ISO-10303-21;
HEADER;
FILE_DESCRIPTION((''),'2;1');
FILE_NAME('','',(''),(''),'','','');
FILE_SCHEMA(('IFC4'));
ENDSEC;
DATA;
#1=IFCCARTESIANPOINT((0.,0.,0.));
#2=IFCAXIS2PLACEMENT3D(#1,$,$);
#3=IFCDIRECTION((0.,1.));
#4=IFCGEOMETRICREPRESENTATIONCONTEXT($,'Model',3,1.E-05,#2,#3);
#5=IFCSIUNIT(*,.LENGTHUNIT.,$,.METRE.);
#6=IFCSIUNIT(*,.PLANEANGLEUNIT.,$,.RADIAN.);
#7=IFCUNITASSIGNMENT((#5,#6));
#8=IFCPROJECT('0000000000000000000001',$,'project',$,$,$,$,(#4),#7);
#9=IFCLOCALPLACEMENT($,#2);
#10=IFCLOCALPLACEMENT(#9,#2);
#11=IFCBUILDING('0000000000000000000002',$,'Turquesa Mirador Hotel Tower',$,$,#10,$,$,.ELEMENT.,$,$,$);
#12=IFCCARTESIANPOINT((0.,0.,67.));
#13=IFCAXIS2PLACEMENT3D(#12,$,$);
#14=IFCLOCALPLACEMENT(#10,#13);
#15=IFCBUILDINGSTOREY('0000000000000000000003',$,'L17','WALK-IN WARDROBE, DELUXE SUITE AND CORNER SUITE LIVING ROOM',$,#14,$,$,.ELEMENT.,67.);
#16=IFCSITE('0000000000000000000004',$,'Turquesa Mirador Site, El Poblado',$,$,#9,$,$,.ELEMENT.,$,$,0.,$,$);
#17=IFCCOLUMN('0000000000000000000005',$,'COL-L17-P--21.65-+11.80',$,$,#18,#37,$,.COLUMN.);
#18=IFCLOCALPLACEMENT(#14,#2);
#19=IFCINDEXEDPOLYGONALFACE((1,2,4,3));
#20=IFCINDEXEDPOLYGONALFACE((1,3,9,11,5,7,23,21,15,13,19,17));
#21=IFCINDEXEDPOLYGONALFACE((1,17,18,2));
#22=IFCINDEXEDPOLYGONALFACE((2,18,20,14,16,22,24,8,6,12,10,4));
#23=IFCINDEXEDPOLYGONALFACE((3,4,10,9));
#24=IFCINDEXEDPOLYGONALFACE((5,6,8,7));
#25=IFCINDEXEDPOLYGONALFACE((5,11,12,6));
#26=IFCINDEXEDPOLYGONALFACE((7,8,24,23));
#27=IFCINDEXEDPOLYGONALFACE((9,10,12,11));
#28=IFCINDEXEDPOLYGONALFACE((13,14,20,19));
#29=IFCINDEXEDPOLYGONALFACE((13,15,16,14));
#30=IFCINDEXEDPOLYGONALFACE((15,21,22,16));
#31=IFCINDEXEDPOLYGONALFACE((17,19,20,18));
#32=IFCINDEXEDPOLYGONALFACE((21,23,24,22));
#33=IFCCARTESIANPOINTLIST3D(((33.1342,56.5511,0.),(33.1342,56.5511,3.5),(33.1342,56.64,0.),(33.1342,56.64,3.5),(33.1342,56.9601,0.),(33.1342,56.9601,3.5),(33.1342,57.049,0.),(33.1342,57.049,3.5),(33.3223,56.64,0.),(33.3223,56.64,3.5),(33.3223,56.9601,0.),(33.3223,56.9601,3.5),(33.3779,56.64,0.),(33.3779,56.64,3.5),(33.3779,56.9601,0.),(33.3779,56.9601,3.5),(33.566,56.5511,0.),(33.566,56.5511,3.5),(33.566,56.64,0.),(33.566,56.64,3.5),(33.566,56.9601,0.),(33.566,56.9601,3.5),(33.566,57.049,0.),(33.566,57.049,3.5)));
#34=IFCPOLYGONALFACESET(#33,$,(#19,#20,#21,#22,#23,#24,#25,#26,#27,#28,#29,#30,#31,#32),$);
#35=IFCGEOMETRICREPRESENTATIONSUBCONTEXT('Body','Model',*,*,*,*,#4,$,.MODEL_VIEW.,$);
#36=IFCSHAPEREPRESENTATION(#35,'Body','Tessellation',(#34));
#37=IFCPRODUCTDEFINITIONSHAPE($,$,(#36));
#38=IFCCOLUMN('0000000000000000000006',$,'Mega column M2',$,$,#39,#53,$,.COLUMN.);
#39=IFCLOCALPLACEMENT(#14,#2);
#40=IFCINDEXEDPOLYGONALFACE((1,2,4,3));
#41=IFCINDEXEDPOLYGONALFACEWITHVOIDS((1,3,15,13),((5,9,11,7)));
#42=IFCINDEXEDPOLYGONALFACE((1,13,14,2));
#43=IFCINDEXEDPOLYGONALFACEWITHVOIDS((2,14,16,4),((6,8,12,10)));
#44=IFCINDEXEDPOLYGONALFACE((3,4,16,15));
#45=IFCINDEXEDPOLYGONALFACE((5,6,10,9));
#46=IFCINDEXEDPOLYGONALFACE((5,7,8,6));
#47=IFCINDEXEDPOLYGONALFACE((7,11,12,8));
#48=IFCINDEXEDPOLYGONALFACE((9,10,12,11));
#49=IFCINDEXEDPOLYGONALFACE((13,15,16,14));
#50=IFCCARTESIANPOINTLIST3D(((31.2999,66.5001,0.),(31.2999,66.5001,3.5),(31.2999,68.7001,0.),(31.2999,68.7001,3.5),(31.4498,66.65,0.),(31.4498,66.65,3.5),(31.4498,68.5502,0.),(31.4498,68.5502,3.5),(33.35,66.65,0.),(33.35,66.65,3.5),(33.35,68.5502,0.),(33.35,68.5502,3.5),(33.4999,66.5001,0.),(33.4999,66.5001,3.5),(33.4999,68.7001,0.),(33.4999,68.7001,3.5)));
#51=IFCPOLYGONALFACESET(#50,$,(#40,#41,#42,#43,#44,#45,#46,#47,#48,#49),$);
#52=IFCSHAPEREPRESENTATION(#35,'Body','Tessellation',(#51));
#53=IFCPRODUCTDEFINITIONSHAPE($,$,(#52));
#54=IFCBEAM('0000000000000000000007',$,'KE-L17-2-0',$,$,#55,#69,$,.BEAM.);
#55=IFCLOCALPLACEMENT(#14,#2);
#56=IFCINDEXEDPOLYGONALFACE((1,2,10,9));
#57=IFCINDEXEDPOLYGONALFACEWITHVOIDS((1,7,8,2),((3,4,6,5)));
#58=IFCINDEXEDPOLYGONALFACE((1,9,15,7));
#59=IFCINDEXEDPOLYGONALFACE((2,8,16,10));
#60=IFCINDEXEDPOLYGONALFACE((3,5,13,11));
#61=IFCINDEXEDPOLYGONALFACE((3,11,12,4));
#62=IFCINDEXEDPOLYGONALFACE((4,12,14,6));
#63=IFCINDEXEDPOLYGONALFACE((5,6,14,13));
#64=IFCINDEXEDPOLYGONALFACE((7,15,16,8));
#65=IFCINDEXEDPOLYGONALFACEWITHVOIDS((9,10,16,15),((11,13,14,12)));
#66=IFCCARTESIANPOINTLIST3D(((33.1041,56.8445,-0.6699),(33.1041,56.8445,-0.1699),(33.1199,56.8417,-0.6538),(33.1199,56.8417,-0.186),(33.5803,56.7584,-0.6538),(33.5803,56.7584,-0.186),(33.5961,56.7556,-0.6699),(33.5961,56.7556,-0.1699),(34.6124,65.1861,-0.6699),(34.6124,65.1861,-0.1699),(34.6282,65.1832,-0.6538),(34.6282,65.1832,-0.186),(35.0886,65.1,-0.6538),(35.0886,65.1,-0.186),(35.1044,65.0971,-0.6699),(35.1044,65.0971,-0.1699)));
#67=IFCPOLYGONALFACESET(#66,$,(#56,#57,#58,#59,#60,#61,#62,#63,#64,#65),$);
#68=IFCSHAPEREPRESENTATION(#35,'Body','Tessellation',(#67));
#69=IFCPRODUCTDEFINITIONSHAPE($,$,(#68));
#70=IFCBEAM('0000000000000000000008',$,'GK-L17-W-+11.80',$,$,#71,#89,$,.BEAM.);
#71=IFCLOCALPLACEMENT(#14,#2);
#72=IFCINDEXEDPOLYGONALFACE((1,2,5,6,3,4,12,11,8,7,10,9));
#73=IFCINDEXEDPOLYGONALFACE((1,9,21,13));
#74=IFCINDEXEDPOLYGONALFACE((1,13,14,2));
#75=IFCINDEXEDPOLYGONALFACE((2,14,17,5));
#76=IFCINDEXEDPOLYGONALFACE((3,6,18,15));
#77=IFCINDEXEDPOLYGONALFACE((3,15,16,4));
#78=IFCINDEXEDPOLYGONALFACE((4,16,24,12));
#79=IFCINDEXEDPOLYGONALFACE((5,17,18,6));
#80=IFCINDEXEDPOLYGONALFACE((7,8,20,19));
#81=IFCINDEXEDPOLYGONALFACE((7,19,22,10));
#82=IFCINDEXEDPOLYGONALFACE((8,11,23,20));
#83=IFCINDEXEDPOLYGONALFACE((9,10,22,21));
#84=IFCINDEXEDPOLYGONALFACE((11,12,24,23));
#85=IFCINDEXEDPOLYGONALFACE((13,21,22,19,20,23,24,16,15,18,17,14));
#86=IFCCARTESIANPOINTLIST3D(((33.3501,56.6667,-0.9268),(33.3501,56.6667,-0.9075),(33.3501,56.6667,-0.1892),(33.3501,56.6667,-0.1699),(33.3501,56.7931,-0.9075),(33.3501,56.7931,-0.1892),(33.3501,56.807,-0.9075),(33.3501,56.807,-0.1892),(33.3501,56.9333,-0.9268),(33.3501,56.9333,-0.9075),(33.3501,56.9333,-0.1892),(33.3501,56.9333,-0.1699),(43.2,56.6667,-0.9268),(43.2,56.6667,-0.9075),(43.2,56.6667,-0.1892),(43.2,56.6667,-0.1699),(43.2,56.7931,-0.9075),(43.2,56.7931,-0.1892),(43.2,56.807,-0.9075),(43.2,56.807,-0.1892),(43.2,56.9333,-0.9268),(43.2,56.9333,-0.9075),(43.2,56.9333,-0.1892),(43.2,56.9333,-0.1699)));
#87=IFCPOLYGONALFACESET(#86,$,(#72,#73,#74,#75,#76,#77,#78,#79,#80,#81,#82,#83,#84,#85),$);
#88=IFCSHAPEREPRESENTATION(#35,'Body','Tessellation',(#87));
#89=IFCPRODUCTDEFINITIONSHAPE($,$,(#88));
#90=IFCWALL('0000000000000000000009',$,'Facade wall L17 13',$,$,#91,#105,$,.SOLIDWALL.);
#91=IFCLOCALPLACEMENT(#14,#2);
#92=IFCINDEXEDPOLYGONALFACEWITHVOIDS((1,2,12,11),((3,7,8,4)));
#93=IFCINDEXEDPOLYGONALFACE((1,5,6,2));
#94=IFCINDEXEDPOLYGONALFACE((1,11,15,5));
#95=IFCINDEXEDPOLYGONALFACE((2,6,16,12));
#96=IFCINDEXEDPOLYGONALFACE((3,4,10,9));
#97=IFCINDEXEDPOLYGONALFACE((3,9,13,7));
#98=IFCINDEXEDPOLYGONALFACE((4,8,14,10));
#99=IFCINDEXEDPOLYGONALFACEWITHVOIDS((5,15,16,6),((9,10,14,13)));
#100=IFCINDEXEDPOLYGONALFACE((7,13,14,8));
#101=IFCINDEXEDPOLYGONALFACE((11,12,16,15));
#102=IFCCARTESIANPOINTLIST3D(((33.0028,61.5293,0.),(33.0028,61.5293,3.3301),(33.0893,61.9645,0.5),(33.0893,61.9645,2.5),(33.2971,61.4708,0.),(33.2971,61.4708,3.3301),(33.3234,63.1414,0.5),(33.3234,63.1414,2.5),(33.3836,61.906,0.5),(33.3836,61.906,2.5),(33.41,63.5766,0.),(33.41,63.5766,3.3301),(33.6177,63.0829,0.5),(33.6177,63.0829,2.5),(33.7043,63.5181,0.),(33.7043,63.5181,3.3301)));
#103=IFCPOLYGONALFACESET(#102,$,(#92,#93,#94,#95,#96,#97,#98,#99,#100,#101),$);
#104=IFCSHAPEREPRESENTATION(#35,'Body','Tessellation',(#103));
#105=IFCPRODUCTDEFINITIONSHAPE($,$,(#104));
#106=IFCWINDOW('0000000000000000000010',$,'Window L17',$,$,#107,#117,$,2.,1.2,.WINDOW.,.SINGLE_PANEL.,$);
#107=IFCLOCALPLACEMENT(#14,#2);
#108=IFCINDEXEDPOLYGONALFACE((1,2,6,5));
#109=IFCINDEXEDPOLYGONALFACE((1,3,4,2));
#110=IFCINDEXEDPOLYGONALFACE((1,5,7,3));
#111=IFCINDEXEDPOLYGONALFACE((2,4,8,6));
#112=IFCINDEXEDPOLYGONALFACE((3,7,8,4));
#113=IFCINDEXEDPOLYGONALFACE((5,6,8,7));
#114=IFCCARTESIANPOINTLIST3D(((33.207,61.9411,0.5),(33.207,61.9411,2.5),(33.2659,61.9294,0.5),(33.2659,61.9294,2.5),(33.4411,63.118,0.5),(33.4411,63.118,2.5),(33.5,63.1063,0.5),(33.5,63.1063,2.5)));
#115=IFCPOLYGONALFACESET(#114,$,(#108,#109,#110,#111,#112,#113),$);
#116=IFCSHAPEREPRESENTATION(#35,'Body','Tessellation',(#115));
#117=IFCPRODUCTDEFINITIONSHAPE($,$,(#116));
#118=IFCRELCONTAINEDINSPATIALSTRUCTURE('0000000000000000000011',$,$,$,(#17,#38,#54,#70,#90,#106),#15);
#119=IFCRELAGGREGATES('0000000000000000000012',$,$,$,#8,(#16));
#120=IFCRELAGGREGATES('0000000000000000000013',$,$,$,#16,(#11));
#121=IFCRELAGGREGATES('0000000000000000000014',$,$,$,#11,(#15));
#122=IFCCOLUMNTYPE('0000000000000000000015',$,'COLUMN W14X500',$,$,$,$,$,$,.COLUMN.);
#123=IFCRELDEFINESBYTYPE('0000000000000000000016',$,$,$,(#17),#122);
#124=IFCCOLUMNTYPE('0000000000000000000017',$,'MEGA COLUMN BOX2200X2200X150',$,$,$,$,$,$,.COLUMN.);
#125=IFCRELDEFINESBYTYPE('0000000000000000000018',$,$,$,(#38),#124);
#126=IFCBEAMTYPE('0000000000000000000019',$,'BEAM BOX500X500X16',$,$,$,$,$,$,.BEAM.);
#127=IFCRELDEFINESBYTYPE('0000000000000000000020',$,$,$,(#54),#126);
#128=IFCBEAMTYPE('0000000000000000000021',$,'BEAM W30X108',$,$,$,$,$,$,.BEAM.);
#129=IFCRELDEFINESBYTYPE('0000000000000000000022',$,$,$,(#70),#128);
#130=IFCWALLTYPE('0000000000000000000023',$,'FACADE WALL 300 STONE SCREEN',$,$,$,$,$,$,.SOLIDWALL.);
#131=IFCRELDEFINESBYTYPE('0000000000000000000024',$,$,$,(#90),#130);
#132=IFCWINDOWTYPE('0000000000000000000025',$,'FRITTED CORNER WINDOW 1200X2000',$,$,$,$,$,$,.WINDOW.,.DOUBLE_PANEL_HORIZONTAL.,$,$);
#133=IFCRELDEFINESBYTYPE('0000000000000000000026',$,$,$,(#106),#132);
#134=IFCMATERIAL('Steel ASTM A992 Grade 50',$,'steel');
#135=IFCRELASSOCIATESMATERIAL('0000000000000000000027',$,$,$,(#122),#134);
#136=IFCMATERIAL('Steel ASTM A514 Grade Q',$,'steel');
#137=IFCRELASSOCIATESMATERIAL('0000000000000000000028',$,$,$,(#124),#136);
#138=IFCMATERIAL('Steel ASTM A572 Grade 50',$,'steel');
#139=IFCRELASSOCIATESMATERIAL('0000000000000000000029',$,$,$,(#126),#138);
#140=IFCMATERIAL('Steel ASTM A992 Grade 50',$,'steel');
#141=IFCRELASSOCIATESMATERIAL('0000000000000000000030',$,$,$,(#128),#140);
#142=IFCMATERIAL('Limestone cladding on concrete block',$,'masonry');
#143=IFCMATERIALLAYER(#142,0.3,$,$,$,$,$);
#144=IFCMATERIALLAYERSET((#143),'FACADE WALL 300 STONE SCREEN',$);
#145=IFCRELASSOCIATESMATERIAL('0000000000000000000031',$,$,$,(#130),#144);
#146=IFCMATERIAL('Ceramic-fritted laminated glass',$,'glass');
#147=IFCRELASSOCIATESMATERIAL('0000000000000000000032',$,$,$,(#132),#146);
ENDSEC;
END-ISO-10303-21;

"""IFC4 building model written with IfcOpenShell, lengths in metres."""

from ifc_helpers import new_model, si_unit, direction, frame, frame_2d, origin, origin_2d, place, context, subcontext, project, spatial, rectangle, hollow_rectangle, i_section, extrude, material, layer, layer_set, material_profile, profile_set, type_object, element, fill, save


model = new_model("IFC4")

# Units and contexts
model_context = context("Model", 3, precision=1e-05, world=origin(), true_north=direction((0.0, 1.0)))
body_context = subcontext(model_context, "Body", "Model", "MODEL_VIEW")
ifc_project = project(units=[si_unit("LENGTHUNIT", "METRE"), si_unit("PLANEANGLEUNIT", "RADIAN")], contexts=[model_context])

# Site, building, storey
site_placement = place(None, origin())
site = spatial("IfcSite", under=ifc_project, at=site_placement, Name="Turquesa Mirador Site, El Poblado", CompositionType="ELEMENT", RefElevation=0.0)
building_placement = place(site_placement, origin())
building = spatial("IfcBuilding", under=site, at=building_placement, Name="Turquesa Mirador Hotel Tower", CompositionType="ELEMENT")
storey_placement = place(building_placement, frame((0.0, 0.0, 67.0)))
storey = spatial("IfcBuildingStorey", under=building, at=storey_placement, Name="L17", Description="WALK-IN WARDROBE, DELUXE SUITE AND CORNER SUITE LIVING ROOM", CompositionType="ELEMENT", Elevation=67.0)

# Columns
ifc_material_1 = material(Name="Steel ASTM A992 Grade 50", Category="steel")
ifc_material_profile_1 = material_profile(ifc_material_1, i_section(OverallWidth=0.4319, OverallDepth=0.4978, WebThickness=0.0557, FlangeThickness=0.0889, at=origin_2d()), Name="W14X500")
ifc_profile_set_1 = profile_set([ifc_material_profile_1], Name="Steel ASTM A992 Grade 50")
column_type_1 = type_object("IfcColumnType", Name="COLUMN W14X500", PredefinedType="COLUMN", material=ifc_profile_set_1)
column_1_placement = place(storey_placement, frame((33.3501, 56.8, 0.0), z_axis=(0.0, 0.0, 1.0), x_axis=(1.0, 0.0, 0.0)))
element("IfcColumn", 1, at=column_1_placement, inside=storey, type_object=column_type_1, Name="COL-L17-P--21.65-+11.80", PredefinedType="COLUMN", context=body_context, shape_type="SweptSolid", body=[
    extrude(i_section(OverallWidth=0.4319, OverallDepth=0.4978, WebThickness=0.0557, FlangeThickness=0.0889, at=origin_2d()), origin(), (0.0, 0.0, 1.0), 3.5),
])
ifc_material_2 = material(Name="Steel ASTM A514 Grade Q", Category="steel")
ifc_material_profile_2 = material_profile(ifc_material_2, hollow_rectangle(XDim=2.2, YDim=2.2, WallThickness=0.1499, at=origin_2d()), Name="BOX2200X2200X150")
ifc_profile_set_2 = profile_set([ifc_material_profile_2], Name="Steel ASTM A514 Grade Q")
column_type_2 = type_object("IfcColumnType", Name="MEGA COLUMN BOX2200X2200X150", PredefinedType="COLUMN", material=ifc_profile_set_2)
column_2_placement = place(storey_placement, frame((32.3999, 67.6001, 0.0), z_axis=(0.0, 0.0, 1.0), x_axis=(1.0, 0.0, 0.0)))
element("IfcColumn", 2, at=column_2_placement, inside=storey, type_object=column_type_2, Name="Mega column M2", PredefinedType="COLUMN", context=body_context, shape_type="SweptSolid", body=[
    extrude(hollow_rectangle(XDim=2.2, YDim=2.2, WallThickness=0.1499, at=origin_2d()), origin(), (0.0, 0.0, 1.0), 3.5),
])

# Beams
ifc_material_3 = material(Name="Steel ASTM A572 Grade 50", Category="steel")
ifc_material_profile_3 = material_profile(ifc_material_3, hollow_rectangle(XDim=0.5, YDim=0.5, WallThickness=0.0161, at=origin_2d()), Name="BOX500X500X16")
ifc_profile_set_3 = profile_set([ifc_material_profile_3], Name="Steel ASTM A572 Grade 50")
beam_type_1 = type_object("IfcBeamType", Name="BEAM BOX500X500X16", PredefinedType="BEAM", material=ifc_profile_set_3)
beam_1_placement = place(storey_placement, frame((33.3501, 56.8, -0.4199), z_axis=(0.177932, 0.984043, 0.0), x_axis=(-0.984043, 0.177932, 0.0)))
element("IfcBeam", 3, at=beam_1_placement, inside=storey, type_object=beam_type_1, Name="KE-L17-2-0", PredefinedType="BEAM", context=body_context, shape_type="SweptSolid", body=[
    extrude(hollow_rectangle(XDim=0.5, YDim=0.5, WallThickness=0.0161, at=origin_2d()), origin(), (0.0, 0.0, 1.0), 8.4768),
])
ifc_material_4 = material(Name="Steel ASTM A992 Grade 50", Category="steel")
ifc_material_profile_4 = material_profile(ifc_material_4, i_section(OverallWidth=0.2666, OverallDepth=0.7568, WebThickness=0.0139, FlangeThickness=0.0193, at=origin_2d()), Name="W30X108")
ifc_profile_set_4 = profile_set([ifc_material_profile_4], Name="Steel ASTM A992 Grade 50")
beam_type_2 = type_object("IfcBeamType", Name="BEAM W30X108", PredefinedType="BEAM", material=ifc_profile_set_4)
beam_2_placement = place(storey_placement, frame((33.3501, 56.8, -0.5483), z_axis=(1.0, 0.0, 0.0), x_axis=(0.0, 1.0, 0.0)))
element("IfcBeam", 4, at=beam_2_placement, inside=storey, type_object=beam_type_2, Name="GK-L17-W-+11.80", PredefinedType="BEAM", context=body_context, shape_type="SweptSolid", body=[
    extrude(i_section(OverallWidth=0.2666, OverallDepth=0.7568, WebThickness=0.0139, FlangeThickness=0.0193, at=origin_2d()), origin(), (0.0, 0.0, 1.0), 9.8499),
])

# Wall, opening, window
ifc_material_5 = material(Name="Limestone cladding on concrete block", Category="masonry")
ifc_layer_1 = layer(ifc_material_5, 0.3)
ifc_layer_set_1 = layer_set([ifc_layer_1], Name="FACADE WALL 300 STONE SCREEN")
wall_type_1 = type_object("IfcWallType", Name="FACADE WALL 300 STONE SCREEN", PredefinedType="SOLIDWALL", material=ifc_layer_set_1)
wall_1_placement = place(storey_placement, frame((33.5571, 63.5474, 0.0), z_axis=(0.0, 0.0, 1.0), x_axis=(-0.195081, -0.980787, 0.0)))
wall_1 = element("IfcWall", 5, at=wall_1_placement, inside=storey, type_object=wall_type_1, Name="Facade wall L17 13", PredefinedType="SOLIDWALL", context=body_context, shape_type="SweptSolid", body=[
    extrude(rectangle(XDim=2.0874, YDim=0.3, at=frame_2d((1.0437, 0.0))), origin(), (0.0, 0.0, 1.0), 3.3301),
])
opening_1_placement = place(wall_1_placement, frame((0.4436, 0.0, 0.5)))
opening_1 = element("IfcOpeningElement", 6, at=opening_1_placement, cuts=wall_1, PredefinedType="OPENING", context=body_context, shape_type="SweptSolid", body=[
    extrude(rectangle(XDim=1.2, YDim=2.0, at=frame_2d((0.6001, 1.0))), frame((0.0, 0.1599, 0.0), z_axis=(0.0, -1.0, 0.0), x_axis=(1.0, 0.0, 0.0)), (0.0, 0.0, 1.0), 0.3201),
])
ifc_material_6 = material(Name="Ceramic-fritted laminated glass", Category="glass")
window_type_1 = type_object("IfcWindowType", Name="FRITTED CORNER WINDOW 1200X2000", PartitioningType="DOUBLE_PANEL_HORIZONTAL", PredefinedType="WINDOW", material=ifc_material_6)
window_1_placement = place(opening_1_placement, origin())
window_1 = element("IfcWindow", 7, at=window_1_placement, inside=storey, type_object=window_type_1, Name="Window L17", OverallHeight=2.0, OverallWidth=1.2, PartitioningType="SINGLE_PANEL", PredefinedType="WINDOW", context=body_context, shape_type="SweptSolid", body=[
    extrude(rectangle(XDim=1.2, YDim=2.0, at=frame_2d((0.6001, 1.0))), frame((0.0, 0.03, 0.0), z_axis=(0.0, -1.0, 0.0), x_axis=(1.0, 0.0, 0.0)), (0.0, 0.0, 1.0), 0.0601),
])
fill(opening_1, window_1)

save(model, "model.ifc")
